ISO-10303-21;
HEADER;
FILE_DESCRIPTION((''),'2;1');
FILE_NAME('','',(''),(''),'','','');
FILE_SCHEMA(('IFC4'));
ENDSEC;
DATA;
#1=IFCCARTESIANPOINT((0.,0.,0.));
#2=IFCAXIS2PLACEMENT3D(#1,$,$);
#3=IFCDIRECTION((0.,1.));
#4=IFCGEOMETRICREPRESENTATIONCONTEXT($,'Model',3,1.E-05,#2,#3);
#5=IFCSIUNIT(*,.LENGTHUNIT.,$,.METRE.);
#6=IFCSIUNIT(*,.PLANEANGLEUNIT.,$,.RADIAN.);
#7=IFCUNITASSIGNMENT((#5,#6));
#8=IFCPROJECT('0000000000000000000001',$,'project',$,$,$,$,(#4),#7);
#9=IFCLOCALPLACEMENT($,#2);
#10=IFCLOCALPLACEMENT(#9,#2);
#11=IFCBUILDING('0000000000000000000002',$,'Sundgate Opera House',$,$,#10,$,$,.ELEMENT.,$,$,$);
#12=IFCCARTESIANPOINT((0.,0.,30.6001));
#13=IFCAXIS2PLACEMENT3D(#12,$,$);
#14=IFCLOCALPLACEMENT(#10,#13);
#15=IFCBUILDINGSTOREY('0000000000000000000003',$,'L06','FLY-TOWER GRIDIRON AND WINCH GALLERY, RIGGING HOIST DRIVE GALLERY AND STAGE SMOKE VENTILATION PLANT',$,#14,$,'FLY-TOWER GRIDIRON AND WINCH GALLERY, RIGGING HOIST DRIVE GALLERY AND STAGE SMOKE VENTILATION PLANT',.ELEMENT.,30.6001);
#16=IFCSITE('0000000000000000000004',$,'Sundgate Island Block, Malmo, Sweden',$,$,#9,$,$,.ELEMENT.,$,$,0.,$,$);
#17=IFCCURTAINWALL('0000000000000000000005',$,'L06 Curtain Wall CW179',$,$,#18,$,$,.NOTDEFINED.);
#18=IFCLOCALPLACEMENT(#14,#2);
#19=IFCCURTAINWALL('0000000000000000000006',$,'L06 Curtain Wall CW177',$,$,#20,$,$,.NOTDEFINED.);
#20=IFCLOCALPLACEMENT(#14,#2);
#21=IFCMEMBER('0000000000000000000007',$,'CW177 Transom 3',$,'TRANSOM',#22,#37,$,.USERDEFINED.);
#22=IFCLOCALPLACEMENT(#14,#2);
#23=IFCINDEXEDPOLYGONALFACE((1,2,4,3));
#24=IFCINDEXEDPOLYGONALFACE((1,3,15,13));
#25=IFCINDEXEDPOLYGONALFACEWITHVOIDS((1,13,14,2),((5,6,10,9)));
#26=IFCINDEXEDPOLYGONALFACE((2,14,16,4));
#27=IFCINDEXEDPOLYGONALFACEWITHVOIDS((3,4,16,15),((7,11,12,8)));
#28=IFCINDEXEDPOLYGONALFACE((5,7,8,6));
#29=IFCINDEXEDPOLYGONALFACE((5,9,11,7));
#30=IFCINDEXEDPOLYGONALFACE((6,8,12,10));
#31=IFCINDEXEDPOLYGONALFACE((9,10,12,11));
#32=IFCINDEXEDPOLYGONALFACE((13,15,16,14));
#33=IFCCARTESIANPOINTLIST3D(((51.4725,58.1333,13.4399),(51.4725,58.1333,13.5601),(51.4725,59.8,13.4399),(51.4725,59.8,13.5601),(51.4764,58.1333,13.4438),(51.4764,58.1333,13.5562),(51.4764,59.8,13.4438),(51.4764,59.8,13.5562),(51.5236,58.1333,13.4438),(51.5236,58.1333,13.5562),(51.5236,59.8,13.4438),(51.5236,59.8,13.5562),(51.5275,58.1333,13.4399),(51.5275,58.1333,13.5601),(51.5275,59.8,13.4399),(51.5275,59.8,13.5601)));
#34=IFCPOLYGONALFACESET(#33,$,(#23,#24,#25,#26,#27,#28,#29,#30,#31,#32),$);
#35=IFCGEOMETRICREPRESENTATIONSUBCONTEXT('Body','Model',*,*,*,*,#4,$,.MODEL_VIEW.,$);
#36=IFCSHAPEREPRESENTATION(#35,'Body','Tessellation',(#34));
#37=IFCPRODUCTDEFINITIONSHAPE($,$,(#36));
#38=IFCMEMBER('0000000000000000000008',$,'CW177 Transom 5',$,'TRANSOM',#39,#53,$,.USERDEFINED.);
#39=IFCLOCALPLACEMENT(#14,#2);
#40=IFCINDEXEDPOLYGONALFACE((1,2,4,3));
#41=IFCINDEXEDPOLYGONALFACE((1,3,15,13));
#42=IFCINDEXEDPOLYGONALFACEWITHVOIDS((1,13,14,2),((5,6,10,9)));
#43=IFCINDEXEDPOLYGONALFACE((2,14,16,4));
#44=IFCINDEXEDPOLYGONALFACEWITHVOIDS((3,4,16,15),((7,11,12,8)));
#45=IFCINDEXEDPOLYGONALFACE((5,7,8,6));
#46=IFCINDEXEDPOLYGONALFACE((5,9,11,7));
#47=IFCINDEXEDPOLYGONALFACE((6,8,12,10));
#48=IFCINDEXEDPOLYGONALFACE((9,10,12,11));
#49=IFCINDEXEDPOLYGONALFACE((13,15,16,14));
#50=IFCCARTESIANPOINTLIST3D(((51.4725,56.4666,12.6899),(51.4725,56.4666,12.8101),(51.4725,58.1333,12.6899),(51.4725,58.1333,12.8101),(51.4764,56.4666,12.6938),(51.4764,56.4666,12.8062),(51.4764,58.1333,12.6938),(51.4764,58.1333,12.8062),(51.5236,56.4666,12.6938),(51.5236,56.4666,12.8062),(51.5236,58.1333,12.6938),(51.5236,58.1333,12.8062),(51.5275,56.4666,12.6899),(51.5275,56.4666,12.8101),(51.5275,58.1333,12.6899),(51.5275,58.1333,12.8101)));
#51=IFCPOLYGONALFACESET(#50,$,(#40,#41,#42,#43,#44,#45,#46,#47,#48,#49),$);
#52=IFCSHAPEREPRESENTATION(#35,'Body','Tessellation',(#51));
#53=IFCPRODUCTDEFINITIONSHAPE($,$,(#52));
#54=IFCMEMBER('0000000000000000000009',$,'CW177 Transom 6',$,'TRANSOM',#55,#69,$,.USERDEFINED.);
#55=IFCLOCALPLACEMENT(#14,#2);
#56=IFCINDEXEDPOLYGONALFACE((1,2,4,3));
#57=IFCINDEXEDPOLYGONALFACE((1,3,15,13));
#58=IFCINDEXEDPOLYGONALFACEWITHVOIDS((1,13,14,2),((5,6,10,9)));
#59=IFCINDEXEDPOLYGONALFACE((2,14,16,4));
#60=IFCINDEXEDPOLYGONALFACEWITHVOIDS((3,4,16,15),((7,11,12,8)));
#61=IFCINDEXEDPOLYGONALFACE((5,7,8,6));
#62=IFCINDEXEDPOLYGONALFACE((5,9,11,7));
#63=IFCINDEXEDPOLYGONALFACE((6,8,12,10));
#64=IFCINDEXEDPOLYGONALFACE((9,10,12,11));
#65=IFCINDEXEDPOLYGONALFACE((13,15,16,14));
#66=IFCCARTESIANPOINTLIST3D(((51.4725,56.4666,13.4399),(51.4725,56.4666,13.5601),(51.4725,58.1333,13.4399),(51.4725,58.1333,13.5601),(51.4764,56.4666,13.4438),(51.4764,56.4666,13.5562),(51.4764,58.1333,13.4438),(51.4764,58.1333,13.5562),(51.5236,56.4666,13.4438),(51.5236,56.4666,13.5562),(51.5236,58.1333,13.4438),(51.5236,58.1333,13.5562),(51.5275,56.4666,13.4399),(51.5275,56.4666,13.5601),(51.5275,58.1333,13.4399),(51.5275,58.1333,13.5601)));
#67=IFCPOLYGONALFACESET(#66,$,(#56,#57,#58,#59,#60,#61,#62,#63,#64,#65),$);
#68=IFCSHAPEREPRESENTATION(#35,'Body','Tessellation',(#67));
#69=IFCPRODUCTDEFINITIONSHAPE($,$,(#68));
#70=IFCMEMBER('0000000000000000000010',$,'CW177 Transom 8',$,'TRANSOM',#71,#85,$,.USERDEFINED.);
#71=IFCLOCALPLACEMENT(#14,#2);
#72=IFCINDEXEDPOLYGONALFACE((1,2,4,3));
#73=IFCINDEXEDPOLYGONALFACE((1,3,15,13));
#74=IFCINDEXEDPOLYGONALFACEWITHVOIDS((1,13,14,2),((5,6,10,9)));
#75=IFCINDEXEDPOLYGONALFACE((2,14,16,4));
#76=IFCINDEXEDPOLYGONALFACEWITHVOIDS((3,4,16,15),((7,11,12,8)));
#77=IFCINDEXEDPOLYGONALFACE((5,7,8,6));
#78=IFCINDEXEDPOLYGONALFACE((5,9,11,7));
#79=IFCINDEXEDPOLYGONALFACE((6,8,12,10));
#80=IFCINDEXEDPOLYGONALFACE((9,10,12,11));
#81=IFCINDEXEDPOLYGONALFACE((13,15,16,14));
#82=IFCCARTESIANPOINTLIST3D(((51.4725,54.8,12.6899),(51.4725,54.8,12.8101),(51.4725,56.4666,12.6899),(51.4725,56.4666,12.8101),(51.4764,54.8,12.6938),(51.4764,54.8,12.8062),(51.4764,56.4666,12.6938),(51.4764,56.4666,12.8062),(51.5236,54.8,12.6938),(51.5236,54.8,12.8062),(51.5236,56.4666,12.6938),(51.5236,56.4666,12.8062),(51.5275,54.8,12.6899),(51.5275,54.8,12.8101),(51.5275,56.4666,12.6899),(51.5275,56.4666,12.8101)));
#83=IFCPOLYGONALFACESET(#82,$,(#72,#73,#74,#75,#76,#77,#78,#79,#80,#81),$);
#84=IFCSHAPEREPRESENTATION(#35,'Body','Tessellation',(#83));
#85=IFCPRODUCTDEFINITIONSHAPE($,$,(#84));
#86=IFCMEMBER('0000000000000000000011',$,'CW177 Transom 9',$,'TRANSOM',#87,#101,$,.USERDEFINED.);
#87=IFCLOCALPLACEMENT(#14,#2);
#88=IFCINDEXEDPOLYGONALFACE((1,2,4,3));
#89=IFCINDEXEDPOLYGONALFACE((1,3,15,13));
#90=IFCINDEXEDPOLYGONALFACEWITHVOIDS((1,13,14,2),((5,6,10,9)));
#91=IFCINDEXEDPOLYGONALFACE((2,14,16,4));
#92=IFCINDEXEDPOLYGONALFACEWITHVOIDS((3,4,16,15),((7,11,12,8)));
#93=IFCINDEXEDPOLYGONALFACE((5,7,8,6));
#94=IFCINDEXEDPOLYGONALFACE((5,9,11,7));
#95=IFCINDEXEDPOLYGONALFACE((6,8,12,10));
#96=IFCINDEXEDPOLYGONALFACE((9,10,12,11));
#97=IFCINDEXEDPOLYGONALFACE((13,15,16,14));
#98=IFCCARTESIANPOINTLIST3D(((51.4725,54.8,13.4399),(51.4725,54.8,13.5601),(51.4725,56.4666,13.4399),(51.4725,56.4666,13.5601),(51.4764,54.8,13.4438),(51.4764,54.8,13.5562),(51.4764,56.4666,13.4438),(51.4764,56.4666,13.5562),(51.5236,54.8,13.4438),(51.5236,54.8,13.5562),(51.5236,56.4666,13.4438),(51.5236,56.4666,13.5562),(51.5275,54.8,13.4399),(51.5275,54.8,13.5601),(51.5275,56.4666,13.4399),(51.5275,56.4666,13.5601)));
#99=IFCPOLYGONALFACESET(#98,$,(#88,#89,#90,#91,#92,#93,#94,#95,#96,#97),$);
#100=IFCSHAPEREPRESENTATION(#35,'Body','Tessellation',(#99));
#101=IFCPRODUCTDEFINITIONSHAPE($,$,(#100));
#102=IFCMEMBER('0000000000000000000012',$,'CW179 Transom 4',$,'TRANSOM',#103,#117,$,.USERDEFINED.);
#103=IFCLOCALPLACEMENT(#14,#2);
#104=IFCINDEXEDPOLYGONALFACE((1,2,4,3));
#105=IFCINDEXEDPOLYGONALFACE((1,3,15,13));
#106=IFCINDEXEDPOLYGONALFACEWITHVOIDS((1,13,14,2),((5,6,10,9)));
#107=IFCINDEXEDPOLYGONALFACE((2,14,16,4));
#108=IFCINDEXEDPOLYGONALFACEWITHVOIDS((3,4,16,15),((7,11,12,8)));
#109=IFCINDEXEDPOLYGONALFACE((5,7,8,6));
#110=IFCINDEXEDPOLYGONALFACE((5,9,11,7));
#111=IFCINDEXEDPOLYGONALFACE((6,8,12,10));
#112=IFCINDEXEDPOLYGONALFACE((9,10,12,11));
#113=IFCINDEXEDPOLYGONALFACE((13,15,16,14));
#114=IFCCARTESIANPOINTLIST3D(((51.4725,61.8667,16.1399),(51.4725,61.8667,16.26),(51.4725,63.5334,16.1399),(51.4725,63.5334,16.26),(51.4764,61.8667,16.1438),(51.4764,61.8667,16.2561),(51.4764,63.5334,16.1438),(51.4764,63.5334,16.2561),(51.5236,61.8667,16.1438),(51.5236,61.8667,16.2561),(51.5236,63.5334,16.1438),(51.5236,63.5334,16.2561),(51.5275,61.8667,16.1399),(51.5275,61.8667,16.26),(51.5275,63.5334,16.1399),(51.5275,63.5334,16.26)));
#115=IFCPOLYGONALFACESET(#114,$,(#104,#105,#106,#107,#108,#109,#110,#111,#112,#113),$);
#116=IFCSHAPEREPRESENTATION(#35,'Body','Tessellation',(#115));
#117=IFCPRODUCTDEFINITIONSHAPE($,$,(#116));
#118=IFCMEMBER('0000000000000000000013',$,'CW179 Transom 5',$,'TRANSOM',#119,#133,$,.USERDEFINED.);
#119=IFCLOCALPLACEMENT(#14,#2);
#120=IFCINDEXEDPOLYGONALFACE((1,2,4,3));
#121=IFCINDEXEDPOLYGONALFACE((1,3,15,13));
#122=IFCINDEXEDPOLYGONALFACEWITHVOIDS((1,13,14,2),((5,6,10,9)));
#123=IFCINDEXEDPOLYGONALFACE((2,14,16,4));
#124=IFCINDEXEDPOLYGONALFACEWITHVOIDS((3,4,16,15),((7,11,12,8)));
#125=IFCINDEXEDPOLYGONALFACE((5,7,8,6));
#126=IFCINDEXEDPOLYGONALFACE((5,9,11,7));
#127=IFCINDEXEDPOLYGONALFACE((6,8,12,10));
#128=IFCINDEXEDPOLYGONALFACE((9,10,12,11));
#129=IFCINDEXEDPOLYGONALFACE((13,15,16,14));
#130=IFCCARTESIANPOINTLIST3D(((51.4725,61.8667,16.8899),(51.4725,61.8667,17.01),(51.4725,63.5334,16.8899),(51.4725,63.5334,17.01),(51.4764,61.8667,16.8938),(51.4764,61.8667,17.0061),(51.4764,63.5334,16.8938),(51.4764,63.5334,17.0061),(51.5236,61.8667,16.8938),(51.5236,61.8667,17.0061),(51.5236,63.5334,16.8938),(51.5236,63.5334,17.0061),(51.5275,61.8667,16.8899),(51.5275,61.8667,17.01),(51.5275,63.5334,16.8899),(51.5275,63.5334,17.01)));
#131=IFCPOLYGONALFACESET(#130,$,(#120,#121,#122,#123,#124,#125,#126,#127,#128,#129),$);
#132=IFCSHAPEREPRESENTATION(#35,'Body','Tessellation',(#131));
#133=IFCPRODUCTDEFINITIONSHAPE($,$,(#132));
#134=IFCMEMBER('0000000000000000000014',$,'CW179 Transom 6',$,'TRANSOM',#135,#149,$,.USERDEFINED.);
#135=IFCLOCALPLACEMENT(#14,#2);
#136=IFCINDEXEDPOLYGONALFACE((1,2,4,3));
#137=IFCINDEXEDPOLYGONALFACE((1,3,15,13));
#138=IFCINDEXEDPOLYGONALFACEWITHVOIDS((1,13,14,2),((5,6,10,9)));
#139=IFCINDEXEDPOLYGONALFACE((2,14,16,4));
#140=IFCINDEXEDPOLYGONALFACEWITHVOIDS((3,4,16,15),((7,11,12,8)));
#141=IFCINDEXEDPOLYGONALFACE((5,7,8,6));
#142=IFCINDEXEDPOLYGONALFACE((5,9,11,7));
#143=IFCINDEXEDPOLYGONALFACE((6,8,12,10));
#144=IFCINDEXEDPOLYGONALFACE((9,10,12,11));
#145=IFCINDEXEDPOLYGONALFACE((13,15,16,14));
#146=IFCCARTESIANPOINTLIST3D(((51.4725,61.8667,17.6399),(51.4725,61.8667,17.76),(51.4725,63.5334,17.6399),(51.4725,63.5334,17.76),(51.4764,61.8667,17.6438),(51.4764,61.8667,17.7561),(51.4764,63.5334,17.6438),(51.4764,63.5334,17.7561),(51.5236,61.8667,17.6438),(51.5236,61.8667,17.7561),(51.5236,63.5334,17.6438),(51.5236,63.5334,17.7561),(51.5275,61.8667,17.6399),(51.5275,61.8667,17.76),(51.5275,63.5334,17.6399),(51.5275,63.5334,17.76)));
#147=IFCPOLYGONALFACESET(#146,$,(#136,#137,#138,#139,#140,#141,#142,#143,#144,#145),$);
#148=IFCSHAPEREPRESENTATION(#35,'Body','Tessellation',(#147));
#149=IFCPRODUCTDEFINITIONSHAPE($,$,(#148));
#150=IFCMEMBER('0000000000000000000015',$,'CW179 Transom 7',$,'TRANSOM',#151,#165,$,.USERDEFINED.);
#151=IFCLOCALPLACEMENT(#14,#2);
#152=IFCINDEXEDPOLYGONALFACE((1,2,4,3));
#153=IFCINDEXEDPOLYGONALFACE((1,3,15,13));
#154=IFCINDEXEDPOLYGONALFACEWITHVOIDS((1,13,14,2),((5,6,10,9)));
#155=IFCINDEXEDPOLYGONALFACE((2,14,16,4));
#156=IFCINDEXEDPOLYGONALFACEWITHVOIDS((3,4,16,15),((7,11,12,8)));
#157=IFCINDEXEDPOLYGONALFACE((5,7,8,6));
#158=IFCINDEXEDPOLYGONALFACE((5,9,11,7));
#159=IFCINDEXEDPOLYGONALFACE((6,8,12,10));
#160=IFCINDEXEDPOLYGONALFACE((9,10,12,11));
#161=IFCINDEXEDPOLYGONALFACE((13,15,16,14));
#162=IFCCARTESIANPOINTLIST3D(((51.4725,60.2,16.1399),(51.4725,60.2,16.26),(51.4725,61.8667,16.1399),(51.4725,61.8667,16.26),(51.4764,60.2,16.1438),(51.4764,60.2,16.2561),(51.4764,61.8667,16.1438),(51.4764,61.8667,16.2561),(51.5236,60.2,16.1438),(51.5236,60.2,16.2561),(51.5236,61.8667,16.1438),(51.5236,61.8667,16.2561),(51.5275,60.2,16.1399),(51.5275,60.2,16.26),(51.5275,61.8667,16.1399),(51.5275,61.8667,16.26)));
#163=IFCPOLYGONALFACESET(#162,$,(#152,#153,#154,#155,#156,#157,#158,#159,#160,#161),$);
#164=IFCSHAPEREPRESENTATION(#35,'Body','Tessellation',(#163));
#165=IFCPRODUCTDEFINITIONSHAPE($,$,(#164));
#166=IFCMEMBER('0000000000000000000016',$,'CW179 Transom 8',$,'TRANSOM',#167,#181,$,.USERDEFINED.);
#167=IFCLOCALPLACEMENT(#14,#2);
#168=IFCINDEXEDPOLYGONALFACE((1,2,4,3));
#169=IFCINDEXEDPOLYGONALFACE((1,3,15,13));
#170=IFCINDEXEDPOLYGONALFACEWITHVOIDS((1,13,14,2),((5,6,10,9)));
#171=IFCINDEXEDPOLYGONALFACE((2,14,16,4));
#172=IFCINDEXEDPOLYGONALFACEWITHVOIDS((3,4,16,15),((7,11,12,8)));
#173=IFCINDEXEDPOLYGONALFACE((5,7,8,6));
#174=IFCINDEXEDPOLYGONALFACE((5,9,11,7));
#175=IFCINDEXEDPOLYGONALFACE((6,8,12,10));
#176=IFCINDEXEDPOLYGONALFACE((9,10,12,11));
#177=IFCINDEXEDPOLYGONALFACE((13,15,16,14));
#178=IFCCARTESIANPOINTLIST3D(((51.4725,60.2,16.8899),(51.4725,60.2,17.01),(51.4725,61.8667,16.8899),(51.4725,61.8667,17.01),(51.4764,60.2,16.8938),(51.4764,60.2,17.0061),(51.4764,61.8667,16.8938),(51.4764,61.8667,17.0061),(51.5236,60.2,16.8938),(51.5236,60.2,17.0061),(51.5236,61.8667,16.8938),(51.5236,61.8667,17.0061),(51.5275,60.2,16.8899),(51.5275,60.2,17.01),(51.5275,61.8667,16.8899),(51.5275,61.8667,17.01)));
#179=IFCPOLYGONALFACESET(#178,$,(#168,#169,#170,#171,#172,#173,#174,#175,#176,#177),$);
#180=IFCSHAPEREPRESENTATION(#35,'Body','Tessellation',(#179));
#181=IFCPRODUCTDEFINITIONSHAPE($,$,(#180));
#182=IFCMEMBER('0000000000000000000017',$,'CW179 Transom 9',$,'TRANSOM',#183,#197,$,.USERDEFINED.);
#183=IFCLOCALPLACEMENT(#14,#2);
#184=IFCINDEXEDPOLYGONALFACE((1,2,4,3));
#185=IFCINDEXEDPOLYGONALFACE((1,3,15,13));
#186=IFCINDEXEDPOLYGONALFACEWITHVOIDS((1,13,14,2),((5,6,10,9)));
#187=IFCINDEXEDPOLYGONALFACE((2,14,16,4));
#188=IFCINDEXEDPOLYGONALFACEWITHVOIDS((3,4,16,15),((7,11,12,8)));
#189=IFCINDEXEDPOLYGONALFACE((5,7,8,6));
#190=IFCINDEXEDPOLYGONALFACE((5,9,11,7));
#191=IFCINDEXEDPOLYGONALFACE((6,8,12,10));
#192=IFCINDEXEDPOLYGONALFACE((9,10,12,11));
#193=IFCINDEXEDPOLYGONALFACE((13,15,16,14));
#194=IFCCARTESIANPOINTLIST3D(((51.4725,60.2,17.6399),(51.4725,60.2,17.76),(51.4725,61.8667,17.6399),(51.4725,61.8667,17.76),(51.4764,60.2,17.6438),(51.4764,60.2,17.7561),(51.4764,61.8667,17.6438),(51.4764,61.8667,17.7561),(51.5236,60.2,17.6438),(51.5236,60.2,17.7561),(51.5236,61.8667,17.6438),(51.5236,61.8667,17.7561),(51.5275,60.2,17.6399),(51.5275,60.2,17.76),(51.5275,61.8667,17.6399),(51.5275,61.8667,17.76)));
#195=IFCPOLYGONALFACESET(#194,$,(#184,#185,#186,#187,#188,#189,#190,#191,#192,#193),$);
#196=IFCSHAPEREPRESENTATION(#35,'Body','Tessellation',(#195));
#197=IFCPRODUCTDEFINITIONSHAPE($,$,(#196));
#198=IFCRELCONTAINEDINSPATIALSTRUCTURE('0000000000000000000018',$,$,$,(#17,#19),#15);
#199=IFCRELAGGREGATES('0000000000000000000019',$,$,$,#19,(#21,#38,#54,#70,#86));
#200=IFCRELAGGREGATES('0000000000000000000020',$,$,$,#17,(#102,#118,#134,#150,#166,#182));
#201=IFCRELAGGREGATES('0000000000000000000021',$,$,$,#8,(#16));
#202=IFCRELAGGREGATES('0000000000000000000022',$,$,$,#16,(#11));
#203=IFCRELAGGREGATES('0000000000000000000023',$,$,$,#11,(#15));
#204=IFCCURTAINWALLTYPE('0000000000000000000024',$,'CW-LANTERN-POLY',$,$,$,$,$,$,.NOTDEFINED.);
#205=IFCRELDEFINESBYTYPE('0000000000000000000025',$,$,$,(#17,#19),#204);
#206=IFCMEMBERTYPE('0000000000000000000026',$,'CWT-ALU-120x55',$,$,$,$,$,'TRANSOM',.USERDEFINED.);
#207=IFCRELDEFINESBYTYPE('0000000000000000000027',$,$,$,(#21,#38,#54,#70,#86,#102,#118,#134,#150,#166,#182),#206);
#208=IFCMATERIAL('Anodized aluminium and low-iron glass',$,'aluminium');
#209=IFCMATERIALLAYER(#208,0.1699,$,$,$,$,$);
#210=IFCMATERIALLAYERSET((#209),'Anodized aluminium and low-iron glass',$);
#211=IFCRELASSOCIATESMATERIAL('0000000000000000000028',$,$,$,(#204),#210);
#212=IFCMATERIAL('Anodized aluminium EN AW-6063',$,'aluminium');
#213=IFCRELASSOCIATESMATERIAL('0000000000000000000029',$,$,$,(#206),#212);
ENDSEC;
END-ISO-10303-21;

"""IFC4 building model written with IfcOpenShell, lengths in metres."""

from ifc_helpers import new_model, si_unit, direction, frame, origin, origin_2d, place, context, subcontext, project, spatial, hollow_rectangle, extrude, material, layer, layer_set, material_profile, profile_set, type_object, element, aggregate, save


model = new_model("IFC4")

# Units and contexts
model_context = context("Model", 3, precision=1e-05, world=origin(), true_north=direction((0.0, 1.0)))
body_context = subcontext(model_context, "Body", "Model", "MODEL_VIEW")
ifc_project = project(units=[si_unit("LENGTHUNIT", "METRE"), si_unit("PLANEANGLEUNIT", "RADIAN")], contexts=[model_context])

# Site, building, storey
site_placement = place(None, origin())
site = spatial("IfcSite", under=ifc_project, at=site_placement, Name="Sundgate Island Block, Malmo, Sweden", CompositionType="ELEMENT", RefElevation=0.0)
building_placement = place(site_placement, origin())
building = spatial("IfcBuilding", under=site, at=building_placement, Name="Sundgate Opera House", CompositionType="ELEMENT")
storey_placement = place(building_placement, frame((0.0, 0.0, 30.6001)))
storey = spatial("IfcBuildingStorey", under=building, at=storey_placement, Name="L06", Description="FLY-TOWER GRIDIRON AND WINCH GALLERY, RIGGING HOIST DRIVE GALLERY AND STAGE SMOKE VENTILATION PLANT", LongName="FLY-TOWER GRIDIRON AND WINCH GALLERY, RIGGING HOIST DRIVE GALLERY AND STAGE SMOKE VENTILATION PLANT", CompositionType="ELEMENT", Elevation=30.6001)

# Curtain walls, members
ifc_material_1 = material(Name="Anodized aluminium and low-iron glass", Category="aluminium")
ifc_layer_1 = layer(ifc_material_1, 0.1699)
ifc_layer_set_1 = layer_set([ifc_layer_1], Name="Anodized aluminium and low-iron glass")
curtain_wall_type = type_object("IfcCurtainWallType", Name="CW-LANTERN-POLY", PredefinedType="NOTDEFINED", material=ifc_layer_set_1)
curtain_wall_1_placement = place(storey_placement, origin())
curtain_wall_1 = element("IfcCurtainWall", 1, at=curtain_wall_1_placement, inside=storey, type_object=curtain_wall_type, Name="L06 Curtain Wall CW179", PredefinedType="NOTDEFINED")
ifc_material_2 = material(Name="Anodized aluminium EN AW-6063", Category="aluminium")
ifc_material_profile_1 = material_profile(ifc_material_2, hollow_rectangle(XDim=0.0549, YDim=0.1201, WallThickness=0.0039, at=origin_2d()), Name="CWT 120x55x4")
ifc_profile_set_1 = profile_set([ifc_material_profile_1], Name="Anodized aluminium EN AW-6063")
member_type_1 = type_object("IfcMemberType", Name="CWT-ALU-120x55", ElementType="TRANSOM", PredefinedType="USERDEFINED", material=ifc_profile_set_1)
curtain_wall_2_placement = place(storey_placement, origin())
curtain_wall_2 = element("IfcCurtainWall", 2, at=curtain_wall_2_placement, inside=storey, type_object=curtain_wall_type, Name="L06 Curtain Wall CW177", PredefinedType="NOTDEFINED")
member_1_placement = place(storey_placement, frame((51.5, 59.8, 13.5), z_axis=(0.0, -1.0, 0.0), x_axis=(1.0, 0.0, 0.0)))
member_1 = element("IfcMember", 3, at=member_1_placement, type_object=member_type_1, Name="CW177 Transom 3", ObjectType="TRANSOM", PredefinedType="USERDEFINED", context=body_context, shape_type="SweptSolid", body=[
    extrude(hollow_rectangle(XDim=0.0549, YDim=0.1201, WallThickness=0.0039, at=origin_2d()), origin(), (0.0, 0.0, 1.0), 1.6667),
])
member_2_placement = place(storey_placement, frame((51.5, 58.1333, 12.75), z_axis=(0.0, -1.0, 0.0), x_axis=(1.0, 0.0, 0.0)))
member_2 = element("IfcMember", 4, at=member_2_placement, type_object=member_type_1, Name="CW177 Transom 5", ObjectType="TRANSOM", PredefinedType="USERDEFINED", context=body_context, shape_type="SweptSolid", body=[
    extrude(hollow_rectangle(XDim=0.0549, YDim=0.1201, WallThickness=0.0039, at=origin_2d()), origin(), (0.0, 0.0, 1.0), 1.6667),
])
member_3_placement = place(storey_placement, frame((51.5, 58.1333, 13.5), z_axis=(0.0, -1.0, 0.0), x_axis=(1.0, 0.0, 0.0)))
member_3 = element("IfcMember", 5, at=member_3_placement, type_object=member_type_1, Name="CW177 Transom 6", ObjectType="TRANSOM", PredefinedType="USERDEFINED", context=body_context, shape_type="SweptSolid", body=[
    extrude(hollow_rectangle(XDim=0.0549, YDim=0.1201, WallThickness=0.0039, at=origin_2d()), origin(), (0.0, 0.0, 1.0), 1.6667),
])
member_4_placement = place(storey_placement, frame((51.5, 56.4666, 12.75), z_axis=(0.0, -1.0, 0.0), x_axis=(1.0, 0.0, 0.0)))
member_4 = element("IfcMember", 6, at=member_4_placement, type_object=member_type_1, Name="CW177 Transom 8", ObjectType="TRANSOM", PredefinedType="USERDEFINED", context=body_context, shape_type="SweptSolid", body=[
    extrude(hollow_rectangle(XDim=0.0549, YDim=0.1201, WallThickness=0.0039, at=origin_2d()), origin(), (0.0, 0.0, 1.0), 1.6665),
])
member_5_placement = place(storey_placement, frame((51.5, 56.4666, 13.5), z_axis=(0.0, -1.0, 0.0), x_axis=(1.0, 0.0, 0.0)))
member_5 = element("IfcMember", 7, at=member_5_placement, type_object=member_type_1, Name="CW177 Transom 9", ObjectType="TRANSOM", PredefinedType="USERDEFINED", context=body_context, shape_type="SweptSolid", body=[
    extrude(hollow_rectangle(XDim=0.0549, YDim=0.1201, WallThickness=0.0039, at=origin_2d()), origin(), (0.0, 0.0, 1.0), 1.6665),
])

# Members
member_6_placement = place(storey_placement, frame((51.5, 63.5334, 16.2), z_axis=(0.0, -1.0, 0.0), x_axis=(1.0, 0.0, 0.0)))
member_6 = element("IfcMember", 8, at=member_6_placement, type_object=member_type_1, Name="CW179 Transom 4", ObjectType="TRANSOM", PredefinedType="USERDEFINED", context=body_context, shape_type="SweptSolid", body=[
    extrude(hollow_rectangle(XDim=0.0549, YDim=0.1201, WallThickness=0.0039, at=origin_2d()), origin(), (0.0, 0.0, 1.0), 1.6667),
])
member_7_placement = place(storey_placement, frame((51.5, 63.5334, 16.95), z_axis=(0.0, -1.0, 0.0), x_axis=(1.0, 0.0, 0.0)))
member_7 = element("IfcMember", 9, at=member_7_placement, type_object=member_type_1, Name="CW179 Transom 5", ObjectType="TRANSOM", PredefinedType="USERDEFINED", context=body_context, shape_type="SweptSolid", body=[
    extrude(hollow_rectangle(XDim=0.0549, YDim=0.1201, WallThickness=0.0039, at=origin_2d()), origin(), (0.0, 0.0, 1.0), 1.6667),
])
member_8_placement = place(storey_placement, frame((51.5, 63.5334, 17.7), z_axis=(0.0, -1.0, 0.0), x_axis=(1.0, 0.0, 0.0)))
member_8 = element("IfcMember", 10, at=member_8_placement, type_object=member_type_1, Name="CW179 Transom 6", ObjectType="TRANSOM", PredefinedType="USERDEFINED", context=body_context, shape_type="SweptSolid", body=[
    extrude(hollow_rectangle(XDim=0.0549, YDim=0.1201, WallThickness=0.0039, at=origin_2d()), origin(), (0.0, 0.0, 1.0), 1.6667),
])
member_9_placement = place(storey_placement, frame((51.5, 61.8667, 16.2), z_axis=(0.0, -1.0, 0.0), x_axis=(1.0, 0.0, 0.0)))
member_9 = element("IfcMember", 11, at=member_9_placement, type_object=member_type_1, Name="CW179 Transom 7", ObjectType="TRANSOM", PredefinedType="USERDEFINED", context=body_context, shape_type="SweptSolid", body=[
    extrude(hollow_rectangle(XDim=0.0549, YDim=0.1201, WallThickness=0.0039, at=origin_2d()), origin(), (0.0, 0.0, 1.0), 1.6667),
])
member_10_placement = place(storey_placement, frame((51.5, 61.8667, 16.95), z_axis=(0.0, -1.0, 0.0), x_axis=(1.0, 0.0, 0.0)))
member_10 = element("IfcMember", 12, at=member_10_placement, type_object=member_type_1, Name="CW179 Transom 8", ObjectType="TRANSOM", PredefinedType="USERDEFINED", context=body_context, shape_type="SweptSolid", body=[
    extrude(hollow_rectangle(XDim=0.0549, YDim=0.1201, WallThickness=0.0039, at=origin_2d()), origin(), (0.0, 0.0, 1.0), 1.6667),
])
member_11_placement = place(storey_placement, frame((51.5, 61.8667, 17.7), z_axis=(0.0, -1.0, 0.0), x_axis=(1.0, 0.0, 0.0)))
member_11 = element("IfcMember", 13, at=member_11_placement, type_object=member_type_1, Name="CW179 Transom 9", ObjectType="TRANSOM", PredefinedType="USERDEFINED", context=body_context, shape_type="SweptSolid", body=[
    extrude(hollow_rectangle(XDim=0.0549, YDim=0.1201, WallThickness=0.0039, at=origin_2d()), origin(), (0.0, 0.0, 1.0), 1.6667),
])

aggregate(curtain_wall_2, [member_1, member_2, member_3, member_4, member_5])
aggregate(curtain_wall_1, [member_6, member_7, member_8, member_9, member_10, member_11])

save(model, "model.ifc")
